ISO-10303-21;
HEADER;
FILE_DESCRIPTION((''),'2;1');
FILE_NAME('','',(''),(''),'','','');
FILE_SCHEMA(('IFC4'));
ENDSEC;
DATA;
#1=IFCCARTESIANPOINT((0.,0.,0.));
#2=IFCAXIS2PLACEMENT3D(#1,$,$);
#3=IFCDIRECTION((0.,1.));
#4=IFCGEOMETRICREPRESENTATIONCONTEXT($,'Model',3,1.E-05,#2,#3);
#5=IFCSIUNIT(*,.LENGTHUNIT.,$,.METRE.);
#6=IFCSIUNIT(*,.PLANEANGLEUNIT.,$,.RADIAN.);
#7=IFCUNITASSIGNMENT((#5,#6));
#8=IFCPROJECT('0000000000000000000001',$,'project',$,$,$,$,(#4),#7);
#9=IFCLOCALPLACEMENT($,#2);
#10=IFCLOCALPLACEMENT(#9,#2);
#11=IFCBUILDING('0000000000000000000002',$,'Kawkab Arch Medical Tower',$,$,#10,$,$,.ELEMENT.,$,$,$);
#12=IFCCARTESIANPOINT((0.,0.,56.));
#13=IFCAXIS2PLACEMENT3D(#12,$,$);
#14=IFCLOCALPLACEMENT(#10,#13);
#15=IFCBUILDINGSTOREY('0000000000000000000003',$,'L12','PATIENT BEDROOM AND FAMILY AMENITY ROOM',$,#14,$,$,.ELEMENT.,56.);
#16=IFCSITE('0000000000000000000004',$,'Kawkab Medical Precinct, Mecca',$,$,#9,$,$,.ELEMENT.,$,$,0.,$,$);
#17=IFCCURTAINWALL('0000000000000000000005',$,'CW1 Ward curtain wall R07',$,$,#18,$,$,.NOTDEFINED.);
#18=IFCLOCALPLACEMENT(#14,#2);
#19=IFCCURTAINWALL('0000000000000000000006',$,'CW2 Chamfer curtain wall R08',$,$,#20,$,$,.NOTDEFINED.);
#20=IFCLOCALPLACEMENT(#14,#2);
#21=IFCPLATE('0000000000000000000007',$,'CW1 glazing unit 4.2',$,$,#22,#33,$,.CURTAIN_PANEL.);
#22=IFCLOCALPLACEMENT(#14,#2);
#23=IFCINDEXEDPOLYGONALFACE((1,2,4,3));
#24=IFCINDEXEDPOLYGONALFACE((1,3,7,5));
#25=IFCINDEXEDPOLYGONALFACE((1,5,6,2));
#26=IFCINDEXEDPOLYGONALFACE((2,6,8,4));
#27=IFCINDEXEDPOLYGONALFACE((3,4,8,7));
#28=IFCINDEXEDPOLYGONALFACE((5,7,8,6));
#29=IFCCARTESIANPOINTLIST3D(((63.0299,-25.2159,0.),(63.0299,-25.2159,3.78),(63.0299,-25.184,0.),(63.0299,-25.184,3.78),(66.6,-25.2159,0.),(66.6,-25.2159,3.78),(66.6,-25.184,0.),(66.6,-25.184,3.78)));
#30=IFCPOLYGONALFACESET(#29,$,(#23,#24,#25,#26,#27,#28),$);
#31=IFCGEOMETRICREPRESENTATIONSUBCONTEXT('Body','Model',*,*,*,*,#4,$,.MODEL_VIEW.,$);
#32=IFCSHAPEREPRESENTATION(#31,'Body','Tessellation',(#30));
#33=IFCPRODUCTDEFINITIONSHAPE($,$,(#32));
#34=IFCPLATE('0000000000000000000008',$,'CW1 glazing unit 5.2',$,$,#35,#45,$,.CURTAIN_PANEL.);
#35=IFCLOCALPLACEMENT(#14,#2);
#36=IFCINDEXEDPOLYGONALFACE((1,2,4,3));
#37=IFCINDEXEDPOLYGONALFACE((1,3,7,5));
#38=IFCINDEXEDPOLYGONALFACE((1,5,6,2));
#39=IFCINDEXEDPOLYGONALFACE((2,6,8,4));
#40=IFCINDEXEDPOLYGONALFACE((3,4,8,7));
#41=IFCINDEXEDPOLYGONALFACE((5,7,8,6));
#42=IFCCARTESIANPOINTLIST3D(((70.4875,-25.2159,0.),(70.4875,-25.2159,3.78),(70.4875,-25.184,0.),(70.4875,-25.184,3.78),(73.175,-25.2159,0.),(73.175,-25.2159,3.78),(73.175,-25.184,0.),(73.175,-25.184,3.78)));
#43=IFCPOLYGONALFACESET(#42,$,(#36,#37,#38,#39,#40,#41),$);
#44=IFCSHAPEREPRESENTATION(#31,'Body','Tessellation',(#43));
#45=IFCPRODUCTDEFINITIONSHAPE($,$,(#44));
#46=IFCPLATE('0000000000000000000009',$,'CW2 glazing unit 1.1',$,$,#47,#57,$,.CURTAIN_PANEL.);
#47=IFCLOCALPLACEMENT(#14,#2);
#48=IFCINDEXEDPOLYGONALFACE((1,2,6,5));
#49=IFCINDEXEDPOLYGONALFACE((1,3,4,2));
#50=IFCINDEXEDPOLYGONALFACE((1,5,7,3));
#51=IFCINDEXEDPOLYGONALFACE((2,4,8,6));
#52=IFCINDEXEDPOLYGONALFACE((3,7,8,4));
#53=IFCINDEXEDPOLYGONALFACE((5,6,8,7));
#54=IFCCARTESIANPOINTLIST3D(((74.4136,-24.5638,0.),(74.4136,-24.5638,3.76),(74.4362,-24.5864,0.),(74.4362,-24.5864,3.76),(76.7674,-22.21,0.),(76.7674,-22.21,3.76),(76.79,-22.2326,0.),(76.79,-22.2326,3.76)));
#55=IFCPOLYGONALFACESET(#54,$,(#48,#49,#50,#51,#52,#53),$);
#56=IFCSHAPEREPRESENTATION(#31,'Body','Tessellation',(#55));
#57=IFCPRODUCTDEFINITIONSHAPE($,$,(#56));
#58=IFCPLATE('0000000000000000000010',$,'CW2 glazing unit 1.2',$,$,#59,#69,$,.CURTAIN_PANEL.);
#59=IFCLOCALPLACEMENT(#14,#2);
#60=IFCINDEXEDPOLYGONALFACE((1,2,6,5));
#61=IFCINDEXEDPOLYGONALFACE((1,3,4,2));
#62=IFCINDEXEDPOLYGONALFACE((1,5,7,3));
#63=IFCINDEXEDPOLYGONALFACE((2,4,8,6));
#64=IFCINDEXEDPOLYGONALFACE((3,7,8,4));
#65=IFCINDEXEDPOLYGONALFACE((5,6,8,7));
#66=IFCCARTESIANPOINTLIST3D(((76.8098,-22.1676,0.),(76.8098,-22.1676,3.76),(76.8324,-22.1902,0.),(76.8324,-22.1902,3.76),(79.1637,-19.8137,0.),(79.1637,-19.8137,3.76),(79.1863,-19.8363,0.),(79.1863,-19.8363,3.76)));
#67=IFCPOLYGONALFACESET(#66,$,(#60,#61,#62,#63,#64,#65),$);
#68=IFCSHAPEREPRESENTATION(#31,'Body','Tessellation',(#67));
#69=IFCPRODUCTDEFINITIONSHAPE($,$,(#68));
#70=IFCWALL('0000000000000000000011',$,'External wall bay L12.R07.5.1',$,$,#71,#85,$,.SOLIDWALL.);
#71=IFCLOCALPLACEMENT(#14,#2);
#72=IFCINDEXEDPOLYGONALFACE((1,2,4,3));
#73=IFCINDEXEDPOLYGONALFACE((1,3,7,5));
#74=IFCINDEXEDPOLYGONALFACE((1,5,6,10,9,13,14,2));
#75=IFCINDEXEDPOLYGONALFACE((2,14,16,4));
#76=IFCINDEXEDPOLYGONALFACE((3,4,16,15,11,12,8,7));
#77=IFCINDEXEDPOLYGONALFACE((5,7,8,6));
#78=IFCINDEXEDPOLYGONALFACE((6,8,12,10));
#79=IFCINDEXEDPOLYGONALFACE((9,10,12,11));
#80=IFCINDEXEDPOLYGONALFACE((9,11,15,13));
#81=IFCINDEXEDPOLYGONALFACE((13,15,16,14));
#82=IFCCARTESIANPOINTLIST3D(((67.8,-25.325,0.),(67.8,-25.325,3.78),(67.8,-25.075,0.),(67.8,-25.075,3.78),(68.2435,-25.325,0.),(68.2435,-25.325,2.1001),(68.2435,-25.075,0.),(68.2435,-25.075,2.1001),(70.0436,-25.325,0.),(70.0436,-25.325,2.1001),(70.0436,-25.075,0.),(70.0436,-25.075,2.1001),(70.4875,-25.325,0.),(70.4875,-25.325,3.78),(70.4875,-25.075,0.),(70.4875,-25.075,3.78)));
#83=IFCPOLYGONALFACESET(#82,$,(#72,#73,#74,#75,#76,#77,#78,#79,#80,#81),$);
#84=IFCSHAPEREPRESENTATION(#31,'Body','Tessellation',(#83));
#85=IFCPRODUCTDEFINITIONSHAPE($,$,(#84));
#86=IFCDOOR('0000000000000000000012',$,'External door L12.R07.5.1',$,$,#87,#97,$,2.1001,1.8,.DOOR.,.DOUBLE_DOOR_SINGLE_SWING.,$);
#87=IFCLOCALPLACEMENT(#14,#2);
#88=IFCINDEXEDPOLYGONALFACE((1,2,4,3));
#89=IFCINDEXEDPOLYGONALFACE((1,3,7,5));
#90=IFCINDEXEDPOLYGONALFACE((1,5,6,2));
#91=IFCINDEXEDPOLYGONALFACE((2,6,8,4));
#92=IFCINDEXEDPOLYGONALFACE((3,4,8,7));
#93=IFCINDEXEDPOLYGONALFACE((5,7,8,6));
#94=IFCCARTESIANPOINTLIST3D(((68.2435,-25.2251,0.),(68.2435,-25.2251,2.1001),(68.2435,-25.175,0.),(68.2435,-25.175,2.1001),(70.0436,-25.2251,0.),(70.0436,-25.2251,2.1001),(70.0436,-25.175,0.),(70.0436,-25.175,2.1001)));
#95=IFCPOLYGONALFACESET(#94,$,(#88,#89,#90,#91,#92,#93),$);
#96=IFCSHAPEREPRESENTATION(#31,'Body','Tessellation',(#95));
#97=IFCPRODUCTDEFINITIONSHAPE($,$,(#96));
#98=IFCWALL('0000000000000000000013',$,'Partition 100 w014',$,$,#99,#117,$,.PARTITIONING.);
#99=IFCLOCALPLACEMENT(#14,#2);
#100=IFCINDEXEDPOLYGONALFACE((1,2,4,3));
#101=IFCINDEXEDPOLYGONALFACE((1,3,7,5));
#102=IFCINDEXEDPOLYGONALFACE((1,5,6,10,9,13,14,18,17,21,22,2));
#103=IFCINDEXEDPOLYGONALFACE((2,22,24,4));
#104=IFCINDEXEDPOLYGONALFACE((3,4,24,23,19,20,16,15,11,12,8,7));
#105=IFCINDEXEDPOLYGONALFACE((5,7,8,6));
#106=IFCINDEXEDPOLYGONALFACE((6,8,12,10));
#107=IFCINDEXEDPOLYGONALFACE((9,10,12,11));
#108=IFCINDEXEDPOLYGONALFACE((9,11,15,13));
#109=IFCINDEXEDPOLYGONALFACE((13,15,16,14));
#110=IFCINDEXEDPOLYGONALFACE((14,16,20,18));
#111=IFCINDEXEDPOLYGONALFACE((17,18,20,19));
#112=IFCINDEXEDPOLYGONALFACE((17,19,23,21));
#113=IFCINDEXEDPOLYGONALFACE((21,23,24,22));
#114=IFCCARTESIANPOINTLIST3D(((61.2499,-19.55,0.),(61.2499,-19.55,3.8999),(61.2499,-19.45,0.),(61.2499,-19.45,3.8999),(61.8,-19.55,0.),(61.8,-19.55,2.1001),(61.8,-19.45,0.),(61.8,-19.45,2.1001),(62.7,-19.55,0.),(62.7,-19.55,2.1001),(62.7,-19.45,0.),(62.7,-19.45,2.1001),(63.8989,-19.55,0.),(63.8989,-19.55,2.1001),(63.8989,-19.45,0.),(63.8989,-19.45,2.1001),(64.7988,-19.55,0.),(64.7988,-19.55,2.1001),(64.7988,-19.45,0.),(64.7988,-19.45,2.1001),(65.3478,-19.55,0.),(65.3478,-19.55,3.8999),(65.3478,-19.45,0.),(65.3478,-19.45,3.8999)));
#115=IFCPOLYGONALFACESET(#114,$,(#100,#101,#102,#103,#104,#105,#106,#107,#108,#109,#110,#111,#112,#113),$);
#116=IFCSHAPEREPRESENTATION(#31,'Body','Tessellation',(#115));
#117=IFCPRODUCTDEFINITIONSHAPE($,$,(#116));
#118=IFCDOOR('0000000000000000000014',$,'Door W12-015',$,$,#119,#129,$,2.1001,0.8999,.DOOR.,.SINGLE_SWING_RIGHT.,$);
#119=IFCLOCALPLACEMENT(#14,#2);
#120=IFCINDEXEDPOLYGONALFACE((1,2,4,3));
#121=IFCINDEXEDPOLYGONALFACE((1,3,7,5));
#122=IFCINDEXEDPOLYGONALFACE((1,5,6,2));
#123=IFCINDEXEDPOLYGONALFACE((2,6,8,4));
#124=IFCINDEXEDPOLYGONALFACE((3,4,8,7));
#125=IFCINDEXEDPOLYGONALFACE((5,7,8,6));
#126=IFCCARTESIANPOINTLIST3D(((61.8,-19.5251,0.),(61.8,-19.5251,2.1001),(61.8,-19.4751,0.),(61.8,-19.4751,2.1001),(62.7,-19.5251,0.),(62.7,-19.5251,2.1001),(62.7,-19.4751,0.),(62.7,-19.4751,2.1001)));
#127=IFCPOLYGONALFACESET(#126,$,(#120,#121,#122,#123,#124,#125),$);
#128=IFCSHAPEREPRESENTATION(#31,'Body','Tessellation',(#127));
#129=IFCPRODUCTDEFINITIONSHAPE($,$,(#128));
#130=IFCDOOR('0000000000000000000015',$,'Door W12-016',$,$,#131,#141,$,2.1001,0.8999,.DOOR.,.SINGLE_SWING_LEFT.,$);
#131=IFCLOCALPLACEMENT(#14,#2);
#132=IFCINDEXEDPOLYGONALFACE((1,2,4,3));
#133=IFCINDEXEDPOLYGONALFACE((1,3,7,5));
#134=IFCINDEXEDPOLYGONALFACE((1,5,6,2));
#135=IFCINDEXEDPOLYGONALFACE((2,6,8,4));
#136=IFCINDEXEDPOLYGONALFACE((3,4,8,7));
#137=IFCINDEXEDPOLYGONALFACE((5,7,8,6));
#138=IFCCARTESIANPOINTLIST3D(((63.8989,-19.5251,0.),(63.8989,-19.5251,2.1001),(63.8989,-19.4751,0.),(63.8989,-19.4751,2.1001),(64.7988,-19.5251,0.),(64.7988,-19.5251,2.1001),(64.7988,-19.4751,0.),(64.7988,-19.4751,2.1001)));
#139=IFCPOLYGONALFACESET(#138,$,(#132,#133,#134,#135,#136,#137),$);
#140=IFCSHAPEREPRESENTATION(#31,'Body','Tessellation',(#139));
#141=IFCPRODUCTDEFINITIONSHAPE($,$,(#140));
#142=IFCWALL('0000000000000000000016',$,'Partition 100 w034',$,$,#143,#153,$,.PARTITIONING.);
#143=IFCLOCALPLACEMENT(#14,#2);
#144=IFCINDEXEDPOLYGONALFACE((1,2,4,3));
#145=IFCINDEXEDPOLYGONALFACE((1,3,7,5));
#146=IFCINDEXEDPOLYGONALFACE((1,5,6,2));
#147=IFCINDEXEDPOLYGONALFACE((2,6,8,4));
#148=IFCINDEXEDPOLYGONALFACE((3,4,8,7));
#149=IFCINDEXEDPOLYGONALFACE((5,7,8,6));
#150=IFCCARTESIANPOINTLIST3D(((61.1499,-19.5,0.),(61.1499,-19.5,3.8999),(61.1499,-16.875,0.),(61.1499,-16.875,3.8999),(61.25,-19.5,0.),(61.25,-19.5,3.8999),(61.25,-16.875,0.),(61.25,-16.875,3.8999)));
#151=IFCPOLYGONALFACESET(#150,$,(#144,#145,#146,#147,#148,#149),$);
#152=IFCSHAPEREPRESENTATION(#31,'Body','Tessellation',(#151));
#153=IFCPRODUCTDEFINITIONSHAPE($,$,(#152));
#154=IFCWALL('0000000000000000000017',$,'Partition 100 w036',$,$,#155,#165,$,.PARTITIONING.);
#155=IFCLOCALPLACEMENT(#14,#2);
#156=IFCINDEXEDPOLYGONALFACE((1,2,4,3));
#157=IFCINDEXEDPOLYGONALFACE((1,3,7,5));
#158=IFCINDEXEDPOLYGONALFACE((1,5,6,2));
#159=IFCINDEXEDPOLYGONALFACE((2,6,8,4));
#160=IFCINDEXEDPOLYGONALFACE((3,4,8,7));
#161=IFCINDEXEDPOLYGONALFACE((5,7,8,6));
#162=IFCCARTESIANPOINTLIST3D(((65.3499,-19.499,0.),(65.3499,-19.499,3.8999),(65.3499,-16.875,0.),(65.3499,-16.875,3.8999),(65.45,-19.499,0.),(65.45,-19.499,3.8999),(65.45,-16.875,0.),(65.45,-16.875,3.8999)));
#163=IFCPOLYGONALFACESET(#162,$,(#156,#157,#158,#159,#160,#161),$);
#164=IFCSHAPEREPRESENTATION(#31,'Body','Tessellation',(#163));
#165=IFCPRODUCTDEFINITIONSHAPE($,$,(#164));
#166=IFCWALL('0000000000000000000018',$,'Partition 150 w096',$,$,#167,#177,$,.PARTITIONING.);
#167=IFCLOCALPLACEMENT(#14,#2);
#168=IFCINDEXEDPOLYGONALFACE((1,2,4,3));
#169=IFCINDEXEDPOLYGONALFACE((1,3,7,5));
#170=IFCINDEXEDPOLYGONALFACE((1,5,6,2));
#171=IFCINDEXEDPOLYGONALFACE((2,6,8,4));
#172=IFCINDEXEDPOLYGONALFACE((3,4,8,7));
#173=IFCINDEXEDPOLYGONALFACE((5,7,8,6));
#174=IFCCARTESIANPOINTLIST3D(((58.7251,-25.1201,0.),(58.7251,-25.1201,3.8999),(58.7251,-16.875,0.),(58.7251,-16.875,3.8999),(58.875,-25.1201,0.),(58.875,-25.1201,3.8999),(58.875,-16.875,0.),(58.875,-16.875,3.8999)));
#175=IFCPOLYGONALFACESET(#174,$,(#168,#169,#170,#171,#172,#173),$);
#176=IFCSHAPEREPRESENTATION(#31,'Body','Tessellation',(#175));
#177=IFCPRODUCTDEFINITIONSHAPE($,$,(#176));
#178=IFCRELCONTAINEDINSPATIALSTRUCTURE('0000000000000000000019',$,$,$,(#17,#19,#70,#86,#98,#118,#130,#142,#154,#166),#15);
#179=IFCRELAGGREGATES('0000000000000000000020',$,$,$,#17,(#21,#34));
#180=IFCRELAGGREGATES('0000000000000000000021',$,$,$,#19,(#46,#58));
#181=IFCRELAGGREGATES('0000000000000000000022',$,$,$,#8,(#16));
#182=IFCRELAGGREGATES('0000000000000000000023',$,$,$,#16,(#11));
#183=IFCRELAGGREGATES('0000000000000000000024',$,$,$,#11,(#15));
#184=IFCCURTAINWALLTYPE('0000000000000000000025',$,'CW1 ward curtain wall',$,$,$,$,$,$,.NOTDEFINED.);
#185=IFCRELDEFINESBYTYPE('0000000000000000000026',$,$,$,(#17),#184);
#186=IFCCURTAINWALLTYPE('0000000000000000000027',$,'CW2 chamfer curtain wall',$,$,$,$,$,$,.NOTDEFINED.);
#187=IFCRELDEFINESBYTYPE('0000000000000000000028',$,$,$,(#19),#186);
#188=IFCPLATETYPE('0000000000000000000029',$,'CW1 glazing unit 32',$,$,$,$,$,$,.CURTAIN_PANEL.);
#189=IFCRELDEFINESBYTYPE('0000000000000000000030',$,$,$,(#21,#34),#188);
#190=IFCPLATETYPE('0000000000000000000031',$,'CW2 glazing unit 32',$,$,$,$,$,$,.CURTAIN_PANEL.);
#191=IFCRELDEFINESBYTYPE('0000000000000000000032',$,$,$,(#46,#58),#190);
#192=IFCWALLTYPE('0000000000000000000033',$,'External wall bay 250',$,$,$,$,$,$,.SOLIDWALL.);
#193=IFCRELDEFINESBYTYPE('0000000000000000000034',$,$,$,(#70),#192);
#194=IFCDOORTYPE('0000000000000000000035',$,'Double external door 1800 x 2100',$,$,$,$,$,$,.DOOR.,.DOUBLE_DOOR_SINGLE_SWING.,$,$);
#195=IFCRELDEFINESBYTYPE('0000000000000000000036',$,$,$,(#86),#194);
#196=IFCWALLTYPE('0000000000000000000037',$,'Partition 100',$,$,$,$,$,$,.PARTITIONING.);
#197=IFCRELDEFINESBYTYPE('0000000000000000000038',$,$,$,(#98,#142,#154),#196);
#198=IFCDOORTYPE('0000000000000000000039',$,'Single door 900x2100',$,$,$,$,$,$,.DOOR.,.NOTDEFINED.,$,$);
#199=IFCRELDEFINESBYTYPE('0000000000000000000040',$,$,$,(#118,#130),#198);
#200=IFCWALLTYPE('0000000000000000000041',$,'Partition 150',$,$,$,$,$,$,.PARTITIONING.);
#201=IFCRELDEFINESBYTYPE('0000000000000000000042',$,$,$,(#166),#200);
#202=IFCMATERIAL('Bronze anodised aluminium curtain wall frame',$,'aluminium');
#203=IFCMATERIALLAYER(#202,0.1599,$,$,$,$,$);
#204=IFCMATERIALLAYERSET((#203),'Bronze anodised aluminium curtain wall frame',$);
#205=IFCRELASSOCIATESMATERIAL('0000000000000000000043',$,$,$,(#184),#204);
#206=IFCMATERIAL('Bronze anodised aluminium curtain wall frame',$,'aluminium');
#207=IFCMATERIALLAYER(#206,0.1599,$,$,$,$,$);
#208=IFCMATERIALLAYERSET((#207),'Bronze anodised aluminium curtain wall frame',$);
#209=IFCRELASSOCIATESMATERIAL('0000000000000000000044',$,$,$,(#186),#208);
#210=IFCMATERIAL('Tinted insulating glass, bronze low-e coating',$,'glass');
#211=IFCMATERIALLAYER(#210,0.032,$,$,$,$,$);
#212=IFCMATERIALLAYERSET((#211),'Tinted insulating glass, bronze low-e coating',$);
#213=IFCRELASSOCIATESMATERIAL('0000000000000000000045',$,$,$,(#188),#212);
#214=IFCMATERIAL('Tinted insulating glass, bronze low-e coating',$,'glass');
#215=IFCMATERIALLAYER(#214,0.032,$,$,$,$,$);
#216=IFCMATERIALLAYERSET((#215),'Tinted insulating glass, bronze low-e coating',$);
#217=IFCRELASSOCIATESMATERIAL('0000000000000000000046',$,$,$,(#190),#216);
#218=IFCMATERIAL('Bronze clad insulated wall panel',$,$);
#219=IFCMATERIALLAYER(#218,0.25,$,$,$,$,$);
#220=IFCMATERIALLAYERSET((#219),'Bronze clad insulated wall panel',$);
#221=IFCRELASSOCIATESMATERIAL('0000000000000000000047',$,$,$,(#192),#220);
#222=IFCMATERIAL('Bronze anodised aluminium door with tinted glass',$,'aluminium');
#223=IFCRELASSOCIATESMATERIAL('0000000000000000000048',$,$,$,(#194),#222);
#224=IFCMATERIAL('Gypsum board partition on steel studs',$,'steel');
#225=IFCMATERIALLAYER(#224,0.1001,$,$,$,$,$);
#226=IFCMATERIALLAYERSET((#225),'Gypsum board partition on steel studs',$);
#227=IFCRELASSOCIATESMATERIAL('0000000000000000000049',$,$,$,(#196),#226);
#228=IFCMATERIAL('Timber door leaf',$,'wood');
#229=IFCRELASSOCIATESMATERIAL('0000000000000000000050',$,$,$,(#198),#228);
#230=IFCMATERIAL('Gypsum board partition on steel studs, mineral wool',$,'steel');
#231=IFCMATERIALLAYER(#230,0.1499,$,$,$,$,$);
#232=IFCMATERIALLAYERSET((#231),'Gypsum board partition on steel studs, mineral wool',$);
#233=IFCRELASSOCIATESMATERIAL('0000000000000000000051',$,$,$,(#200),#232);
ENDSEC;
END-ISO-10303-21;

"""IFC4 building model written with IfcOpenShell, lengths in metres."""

from ifc_helpers import new_model, si_unit, direction, frame, frame_2d, origin, origin_2d, place, context, subcontext, project, spatial, rectangle, extrude, material, layer, layer_set, type_object, element, fill, aggregate, save


model = new_model("IFC4")

# Units and contexts
model_context = context("Model", 3, precision=1e-05, world=origin(), true_north=direction((0.0, 1.0)))
body_context = subcontext(model_context, "Body", "Model", "MODEL_VIEW")
ifc_project = project(units=[si_unit("LENGTHUNIT", "METRE"), si_unit("PLANEANGLEUNIT", "RADIAN")], contexts=[model_context])

# Site, building, storey
site_placement = place(None, origin())
site = spatial("IfcSite", under=ifc_project, at=site_placement, Name="Kawkab Medical Precinct, Mecca", CompositionType="ELEMENT", RefElevation=0.0)
building_placement = place(site_placement, origin())
building = spatial("IfcBuilding", under=site, at=building_placement, Name="Kawkab Arch Medical Tower", CompositionType="ELEMENT")
storey_placement = place(building_placement, frame((0.0, 0.0, 56.0)))
storey = spatial("IfcBuildingStorey", under=building, at=storey_placement, Name="L12", Description="PATIENT BEDROOM AND FAMILY AMENITY ROOM", CompositionType="ELEMENT", Elevation=56.0)

# Curtain wall
ifc_material_1 = material(Name="Bronze anodised aluminium curtain wall frame", Category="aluminium")
ifc_layer_1 = layer(ifc_material_1, 0.1599)
ifc_layer_set_1 = layer_set([ifc_layer_1], Name="Bronze anodised aluminium curtain wall frame")
curtain_wall_type_1 = type_object("IfcCurtainWallType", Name="CW1 ward curtain wall", PredefinedType="NOTDEFINED", material=ifc_layer_set_1)
placement = place(storey_placement, origin())
curtain_wall_1 = element("IfcCurtainWall", 1, at=placement, inside=storey, type_object=curtain_wall_type_1, Name="CW1 Ward curtain wall R07", PredefinedType="NOTDEFINED")

# Curtain wall
ifc_material_2 = material(Name="Bronze anodised aluminium curtain wall frame", Category="aluminium")
ifc_layer_2 = layer(ifc_material_2, 0.1599)
ifc_layer_set_2 = layer_set([ifc_layer_2], Name="Bronze anodised aluminium curtain wall frame")
curtain_wall_type_2 = type_object("IfcCurtainWallType", Name="CW2 chamfer curtain wall", PredefinedType="NOTDEFINED", material=ifc_layer_set_2)
curtain_wall_2 = element("IfcCurtainWall", 2, at=placement, inside=storey, type_object=curtain_wall_type_2, Name="CW2 Chamfer curtain wall R08", PredefinedType="NOTDEFINED")

# Plates
ifc_material_3 = material(Name="Tinted insulating glass, bronze low-e coating", Category="glass")
ifc_layer_3 = layer(ifc_material_3, 0.032)
ifc_layer_set_3 = layer_set([ifc_layer_3], Name="Tinted insulating glass, bronze low-e coating")
plate_type_1 = type_object("IfcPlateType", Name="CW1 glazing unit 32", PredefinedType="CURTAIN_PANEL", material=ifc_layer_set_3)
plate_1_placement = place(storey_placement, frame((64.8149, -25.2, 0.0), z_axis=(0.0, 0.0, 1.0), x_axis=(1.0, 0.0, 0.0)))
plate_1 = element("IfcPlate", 3, at=plate_1_placement, type_object=plate_type_1, Name="CW1 glazing unit 4.2", PredefinedType="CURTAIN_PANEL", context=body_context, shape_type="SweptSolid", body=[
    extrude(rectangle(XDim=3.5701, YDim=0.032, at=origin_2d()), origin(), (0.0, 0.0, 1.0), 3.78),
])
plate_2_placement = place(storey_placement, frame((71.8313, -25.2, 0.0), z_axis=(0.0, 0.0, 1.0), x_axis=(1.0, 0.0, 0.0)))
plate_2 = element("IfcPlate", 4, at=plate_2_placement, type_object=plate_type_1, Name="CW1 glazing unit 5.2", PredefinedType="CURTAIN_PANEL", context=body_context, shape_type="SweptSolid", body=[
    extrude(rectangle(XDim=2.6875, YDim=0.032, at=origin_2d()), origin(), (0.0, 0.0, 1.0), 3.78),
])
aggregate(curtain_wall_1, [plate_1, plate_2])
ifc_material_4 = material(Name="Tinted insulating glass, bronze low-e coating", Category="glass")
ifc_layer_4 = layer(ifc_material_4, 0.032)
ifc_layer_set_4 = layer_set([ifc_layer_4], Name="Tinted insulating glass, bronze low-e coating")
plate_type_2 = type_object("IfcPlateType", Name="CW2 glazing unit 32", PredefinedType="CURTAIN_PANEL", material=ifc_layer_set_4)
plate_3_placement = place(storey_placement, frame((75.6018, -23.3982, 0.0), z_axis=(0.0, 0.0, 1.0), x_axis=(0.707107, 0.707107, 0.0)))
plate_3 = element("IfcPlate", 5, at=plate_3_placement, type_object=plate_type_2, Name="CW2 glazing unit 1.1", PredefinedType="CURTAIN_PANEL", context=body_context, shape_type="SweptSolid", body=[
    extrude(rectangle(XDim=3.3289, YDim=0.032, at=origin_2d()), origin(), (0.0, 0.0, 1.0), 3.76),
])
plate_4_placement = place(storey_placement, frame((77.998, -21.002, 0.0), z_axis=(0.0, 0.0, 1.0), x_axis=(0.707107, 0.707107, 0.0)))
plate_4 = element("IfcPlate", 6, at=plate_4_placement, type_object=plate_type_2, Name="CW2 glazing unit 1.2", PredefinedType="CURTAIN_PANEL", context=body_context, shape_type="SweptSolid", body=[
    extrude(rectangle(XDim=3.3289, YDim=0.032, at=origin_2d()), origin(), (0.0, 0.0, 1.0), 3.76),
])
aggregate(curtain_wall_2, [plate_3, plate_4])

# Wall, opening, door
ifc_material_5 = material(Name="Bronze clad insulated wall panel")
ifc_layer_5 = layer(ifc_material_5, 0.25)
ifc_layer_set_5 = layer_set([ifc_layer_5], Name="Bronze clad insulated wall panel")
wall_type_1 = type_object("IfcWallType", Name="External wall bay 250", PredefinedType="SOLIDWALL", material=ifc_layer_set_5)
wall_1_placement = place(storey_placement, frame((67.8, -25.2, 0.0), z_axis=(0.0, 0.0, 1.0), x_axis=(1.0, 0.0, 0.0)))
wall_1 = element("IfcWall", 7, at=wall_1_placement, inside=storey, type_object=wall_type_1, Name="External wall bay L12.R07.5.1", PredefinedType="SOLIDWALL", context=body_context, shape_type="SweptSolid", body=[
    extrude(rectangle(XDim=2.6875, YDim=0.25, at=frame_2d((1.3438, 0.0))), origin(), (0.0, 0.0, 1.0), 3.78),
])
opening_1_placement = place(wall_1_placement, frame((0.4436, 0.0, 0.0)))
opening_1 = element("IfcOpeningElement", 8, at=opening_1_placement, cuts=wall_1, PredefinedType="OPENING", context=body_context, shape_type="SweptSolid", body=[
    extrude(rectangle(XDim=1.8, YDim=2.1001, at=frame_2d((0.8999, 1.05))), frame((0.0, 0.135, 0.0), z_axis=(0.0, -1.0, 0.0), x_axis=(1.0, 0.0, 0.0)), (0.0, 0.0, 1.0), 0.27),
])
ifc_material_6 = material(Name="Bronze anodised aluminium door with tinted glass", Category="aluminium")
door_type_1 = type_object("IfcDoorType", Name="Double external door 1800 x 2100", OperationType="DOUBLE_DOOR_SINGLE_SWING", PredefinedType="DOOR", material=ifc_material_6)
door_1_placement = place(opening_1_placement, origin())
door_1 = element("IfcDoor", 9, at=door_1_placement, inside=storey, type_object=door_type_1, Name="External door L12.R07.5.1", OperationType="DOUBLE_DOOR_SINGLE_SWING", OverallHeight=2.1001, OverallWidth=1.8, PredefinedType="DOOR", context=body_context, shape_type="SweptSolid", body=[
    extrude(rectangle(XDim=1.8, YDim=2.1001, at=frame_2d((0.8999, 1.05))), frame((0.0, 0.0249, 0.0), z_axis=(0.0, -1.0, 0.0), x_axis=(1.0, 0.0, 0.0)), (0.0, 0.0, 1.0), 0.05),
])
fill(opening_1, door_1)

# Wall, openings, doors
ifc_material_7 = material(Name="Gypsum board partition on steel studs", Category="steel")
ifc_layer_6 = layer(ifc_material_7, 0.1001)
ifc_layer_set_6 = layer_set([ifc_layer_6], Name="Gypsum board partition on steel studs")
wall_type_2 = type_object("IfcWallType", Name="Partition 100", PredefinedType="PARTITIONING", material=ifc_layer_set_6)
wall_2_placement = place(storey_placement, frame((61.25, -19.5, 0.0), z_axis=(0.0, 0.0, 1.0), x_axis=(1.0, 0.0, 0.0)))
wall_2 = element("IfcWall", 10, at=wall_2_placement, inside=storey, type_object=wall_type_2, Name="Partition 100 w014", PredefinedType="PARTITIONING", context=body_context, shape_type="SweptSolid", body=[
    extrude(rectangle(XDim=4.0979, YDim=0.1001, at=frame_2d((2.0488, 0.0))), origin(), (0.0, 0.0, 1.0), 3.8999),
])
opening_2_placement = place(wall_2_placement, frame((0.55, 0.0, 0.0)))
opening_2 = element("IfcOpeningElement", 11, at=opening_2_placement, cuts=wall_2, PredefinedType="OPENING", context=body_context, shape_type="SweptSolid", body=[
    extrude(rectangle(XDim=0.8999, YDim=2.1001, at=frame_2d((0.45, 1.05))), frame((0.0, 0.0601, 0.0), z_axis=(0.0, -1.0, 0.0), x_axis=(1.0, 0.0, 0.0)), (0.0, 0.0, 1.0), 0.1201),
])
opening_3_placement = place(wall_2_placement, frame((2.6489, 0.0, 0.0)))
opening_3 = element("IfcOpeningElement", 12, at=opening_3_placement, cuts=wall_2, PredefinedType="OPENING", context=body_context, shape_type="SweptSolid", body=[
    extrude(rectangle(XDim=0.8999, YDim=2.1001, at=frame_2d((0.45, 1.05))), frame((0.0, 0.0601, 0.0), z_axis=(0.0, -1.0, 0.0), x_axis=(1.0, 0.0, 0.0)), (0.0, 0.0, 1.0), 0.1201),
])
ifc_material_8 = material(Name="Timber door leaf", Category="wood")
door_type_2 = type_object("IfcDoorType", Name="Single door 900x2100", OperationType="NOTDEFINED", PredefinedType="DOOR", material=ifc_material_8)
door_2_placement = place(opening_2_placement, origin())
door_2 = element("IfcDoor", 13, at=door_2_placement, inside=storey, type_object=door_type_2, Name="Door W12-015", OperationType="SINGLE_SWING_RIGHT", OverallHeight=2.1001, OverallWidth=0.8999, PredefinedType="DOOR", context=body_context, shape_type="SweptSolid", body=[
    extrude(rectangle(XDim=0.8999, YDim=2.1001, at=frame_2d((0.45, 1.05))), frame((0.0, 0.0249, 0.0), z_axis=(0.0, -1.0, 0.0), x_axis=(1.0, 0.0, 0.0)), (0.0, 0.0, 1.0), 0.05),
])
fill(opening_2, door_2)
door_3_placement = place(opening_3_placement, origin())
door_3 = element("IfcDoor", 14, at=door_3_placement, inside=storey, type_object=door_type_2, Name="Door W12-016", OperationType="SINGLE_SWING_LEFT", OverallHeight=2.1001, OverallWidth=0.8999, PredefinedType="DOOR", context=body_context, shape_type="SweptSolid", body=[
    extrude(rectangle(XDim=0.8999, YDim=2.1001, at=frame_2d((0.45, 1.05))), frame((0.0, 0.0249, 0.0), z_axis=(0.0, -1.0, 0.0), x_axis=(1.0, 0.0, 0.0)), (0.0, 0.0, 1.0), 0.05),
])
fill(opening_3, door_3)

# Walls
wall_3_placement = place(storey_placement, frame((61.2, -19.5, 0.0), z_axis=(0.0, 0.0, 1.0), x_axis=(0.0, 1.0, 0.0)))
element("IfcWall", 15, at=wall_3_placement, inside=storey, type_object=wall_type_2, Name="Partition 100 w034", PredefinedType="PARTITIONING", context=body_context, shape_type="SweptSolid", body=[
    extrude(rectangle(XDim=2.625, YDim=0.1001, at=frame_2d((1.3125, 0.0))), origin(), (0.0, 0.0, 1.0), 3.8999),
])
wall_4_placement = place(storey_placement, frame((65.3999, -19.499, 0.0), z_axis=(0.0, 0.0, 1.0), x_axis=(0.0, 1.0, 0.0)))
element("IfcWall", 16, at=wall_4_placement, inside=storey, type_object=wall_type_2, Name="Partition 100 w036", PredefinedType="PARTITIONING", context=body_context, shape_type="SweptSolid", body=[
    extrude(rectangle(XDim=2.624, YDim=0.1001, at=frame_2d((1.312, 0.0))), origin(), (0.0, 0.0, 1.0), 3.8999),
])
ifc_material_9 = material(Name="Gypsum board partition on steel studs, mineral wool", Category="steel")
ifc_layer_7 = layer(ifc_material_9, 0.1499)
ifc_layer_set_7 = layer_set([ifc_layer_7], Name="Gypsum board partition on steel studs, mineral wool")
wall_type_3 = type_object("IfcWallType", Name="Partition 150", PredefinedType="PARTITIONING", material=ifc_layer_set_7)
for number, where, z_axis, x_axis, name in (
    (17, (58.8, -25.1201, 0.0), (0.0, 0.0, 1.0), (0.0, 1.0, 0.0), "Partition 150 w096"),
):
    element("IfcWall", number, at=place(storey_placement, frame(where, z_axis=z_axis, x_axis=x_axis)), inside=storey, type_object=wall_type_3, Name=name, PredefinedType="PARTITIONING", context=body_context, shape_type="SweptSolid", body=[
        extrude(rectangle(XDim=8.2451, YDim=0.1499, at=frame_2d((4.1226, 0.0))), origin(), (0.0, 0.0, 1.0), 3.8999),
    ])

save(model, "model.ifc")
